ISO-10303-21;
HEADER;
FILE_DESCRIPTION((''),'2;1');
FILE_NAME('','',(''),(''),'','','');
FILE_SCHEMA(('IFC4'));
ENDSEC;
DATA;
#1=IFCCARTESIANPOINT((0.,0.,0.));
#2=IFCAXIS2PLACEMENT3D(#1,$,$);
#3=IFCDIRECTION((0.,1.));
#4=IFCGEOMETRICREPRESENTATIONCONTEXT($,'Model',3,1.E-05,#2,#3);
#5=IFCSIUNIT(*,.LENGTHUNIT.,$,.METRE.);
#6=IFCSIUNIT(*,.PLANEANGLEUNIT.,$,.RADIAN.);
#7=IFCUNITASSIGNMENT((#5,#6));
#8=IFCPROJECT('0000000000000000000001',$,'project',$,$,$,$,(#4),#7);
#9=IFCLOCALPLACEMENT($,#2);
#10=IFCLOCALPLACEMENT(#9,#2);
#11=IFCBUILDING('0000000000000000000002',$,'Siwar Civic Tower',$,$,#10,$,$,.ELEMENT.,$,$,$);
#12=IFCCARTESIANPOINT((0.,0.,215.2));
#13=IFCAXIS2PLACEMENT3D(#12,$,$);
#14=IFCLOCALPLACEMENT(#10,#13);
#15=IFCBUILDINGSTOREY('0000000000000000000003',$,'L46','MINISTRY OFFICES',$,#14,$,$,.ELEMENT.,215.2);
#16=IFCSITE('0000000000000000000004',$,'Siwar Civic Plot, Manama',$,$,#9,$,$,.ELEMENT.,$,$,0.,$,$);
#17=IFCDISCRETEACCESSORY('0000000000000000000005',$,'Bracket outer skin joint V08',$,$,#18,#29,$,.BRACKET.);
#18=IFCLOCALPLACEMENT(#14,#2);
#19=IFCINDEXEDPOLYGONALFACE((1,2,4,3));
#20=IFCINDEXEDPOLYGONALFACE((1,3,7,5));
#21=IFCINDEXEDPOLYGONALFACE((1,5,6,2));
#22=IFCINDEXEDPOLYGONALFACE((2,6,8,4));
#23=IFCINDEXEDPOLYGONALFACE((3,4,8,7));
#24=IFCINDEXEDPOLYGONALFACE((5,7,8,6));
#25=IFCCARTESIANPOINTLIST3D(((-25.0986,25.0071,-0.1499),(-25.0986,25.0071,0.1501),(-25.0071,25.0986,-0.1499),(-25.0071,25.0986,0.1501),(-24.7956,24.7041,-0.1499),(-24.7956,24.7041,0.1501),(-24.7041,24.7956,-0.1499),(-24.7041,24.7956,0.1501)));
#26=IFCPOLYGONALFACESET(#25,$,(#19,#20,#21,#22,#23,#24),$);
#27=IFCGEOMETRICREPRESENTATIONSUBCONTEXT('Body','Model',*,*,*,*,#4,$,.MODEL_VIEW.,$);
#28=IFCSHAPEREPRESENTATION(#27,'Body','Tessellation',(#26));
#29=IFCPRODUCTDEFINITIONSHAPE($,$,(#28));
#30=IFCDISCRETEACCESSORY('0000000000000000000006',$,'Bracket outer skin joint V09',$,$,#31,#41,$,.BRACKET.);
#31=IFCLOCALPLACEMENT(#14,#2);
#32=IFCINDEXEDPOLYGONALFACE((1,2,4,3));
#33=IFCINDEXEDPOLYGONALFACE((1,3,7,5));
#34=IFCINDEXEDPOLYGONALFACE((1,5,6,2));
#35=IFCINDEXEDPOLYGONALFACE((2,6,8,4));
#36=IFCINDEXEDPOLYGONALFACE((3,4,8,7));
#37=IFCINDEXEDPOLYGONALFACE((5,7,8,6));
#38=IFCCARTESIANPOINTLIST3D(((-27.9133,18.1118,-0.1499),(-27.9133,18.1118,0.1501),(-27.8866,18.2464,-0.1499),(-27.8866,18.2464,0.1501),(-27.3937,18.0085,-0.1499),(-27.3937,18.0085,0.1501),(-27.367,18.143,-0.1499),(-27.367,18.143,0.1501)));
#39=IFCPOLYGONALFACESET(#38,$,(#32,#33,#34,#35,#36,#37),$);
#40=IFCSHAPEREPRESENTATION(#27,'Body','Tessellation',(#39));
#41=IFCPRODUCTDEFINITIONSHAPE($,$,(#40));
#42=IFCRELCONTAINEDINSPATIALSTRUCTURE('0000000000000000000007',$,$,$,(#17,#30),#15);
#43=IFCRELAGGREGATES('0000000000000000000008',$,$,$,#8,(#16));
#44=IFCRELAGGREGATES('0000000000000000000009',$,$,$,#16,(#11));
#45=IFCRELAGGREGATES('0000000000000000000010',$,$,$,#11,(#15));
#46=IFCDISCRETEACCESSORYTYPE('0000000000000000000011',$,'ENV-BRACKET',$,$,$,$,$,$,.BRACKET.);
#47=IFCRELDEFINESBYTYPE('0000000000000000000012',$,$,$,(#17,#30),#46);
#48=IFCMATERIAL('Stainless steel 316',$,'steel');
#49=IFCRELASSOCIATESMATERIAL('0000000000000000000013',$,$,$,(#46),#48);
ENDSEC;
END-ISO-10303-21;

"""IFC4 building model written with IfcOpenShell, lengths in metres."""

from ifc_helpers import new_model, si_unit, direction, frame, origin, origin_2d, place, context, subcontext, project, spatial, rectangle, extrude, material, type_object, element, save


model = new_model("IFC4")

# Units and contexts
model_context = context("Model", 3, precision=1e-05, world=origin(), true_north=direction((0.0, 1.0)))
body_context = subcontext(model_context, "Body", "Model", "MODEL_VIEW")
ifc_project = project(units=[si_unit("LENGTHUNIT", "METRE"), si_unit("PLANEANGLEUNIT", "RADIAN")], contexts=[model_context])

# Site, building, storey
site_placement = place(None, origin())
site = spatial("IfcSite", under=ifc_project, at=site_placement, Name="Siwar Civic Plot, Manama", CompositionType="ELEMENT", RefElevation=0.0)
building_placement = place(site_placement, origin())
building = spatial("IfcBuilding", under=site, at=building_placement, Name="Siwar Civic Tower", CompositionType="ELEMENT")
storey_placement = place(building_placement, frame((0.0, 0.0, 215.2)))
storey = spatial("IfcBuildingStorey", under=building, at=storey_placement, Name="L46", Description="MINISTRY OFFICES", CompositionType="ELEMENT", Elevation=215.2)

# Discrete accessories
ifc_material_1 = material(Name="Stainless steel 316", Category="steel")
discrete_accessory_type = type_object("IfcDiscreteAccessoryType", Name="ENV-BRACKET", PredefinedType="BRACKET", material=ifc_material_1)
discrete_accessory_1_placement = place(storey_placement, frame((-24.9014, 24.9014, -0.1499), z_axis=(0.0, 0.0, 1.0), x_axis=(-0.707107, 0.707107, 0.0)))
element("IfcDiscreteAccessory", 1, at=discrete_accessory_1_placement, inside=storey, type_object=discrete_accessory_type, Name="Bracket outer skin joint V08", PredefinedType="BRACKET", context=body_context, shape_type="SweptSolid", body=[
    extrude(rectangle(XDim=0.4285, YDim=0.1294, at=origin_2d()), origin(), (0.0, 0.0, 1.0), 0.3),
])
discrete_accessory_2_placement = place(storey_placement, frame((-27.6401, 18.1274, -0.1499), z_axis=(0.0, 0.0, 1.0), x_axis=(-0.980785, 0.19509, 0.0)))
element("IfcDiscreteAccessory", 2, at=discrete_accessory_2_placement, inside=storey, type_object=discrete_accessory_type, Name="Bracket outer skin joint V09", PredefinedType="BRACKET", context=body_context, shape_type="SweptSolid", body=[
    extrude(rectangle(XDim=0.5298, YDim=0.1372, at=origin_2d()), origin(), (0.0, 0.0, 1.0), 0.3),
])

save(model, "model.ifc")
